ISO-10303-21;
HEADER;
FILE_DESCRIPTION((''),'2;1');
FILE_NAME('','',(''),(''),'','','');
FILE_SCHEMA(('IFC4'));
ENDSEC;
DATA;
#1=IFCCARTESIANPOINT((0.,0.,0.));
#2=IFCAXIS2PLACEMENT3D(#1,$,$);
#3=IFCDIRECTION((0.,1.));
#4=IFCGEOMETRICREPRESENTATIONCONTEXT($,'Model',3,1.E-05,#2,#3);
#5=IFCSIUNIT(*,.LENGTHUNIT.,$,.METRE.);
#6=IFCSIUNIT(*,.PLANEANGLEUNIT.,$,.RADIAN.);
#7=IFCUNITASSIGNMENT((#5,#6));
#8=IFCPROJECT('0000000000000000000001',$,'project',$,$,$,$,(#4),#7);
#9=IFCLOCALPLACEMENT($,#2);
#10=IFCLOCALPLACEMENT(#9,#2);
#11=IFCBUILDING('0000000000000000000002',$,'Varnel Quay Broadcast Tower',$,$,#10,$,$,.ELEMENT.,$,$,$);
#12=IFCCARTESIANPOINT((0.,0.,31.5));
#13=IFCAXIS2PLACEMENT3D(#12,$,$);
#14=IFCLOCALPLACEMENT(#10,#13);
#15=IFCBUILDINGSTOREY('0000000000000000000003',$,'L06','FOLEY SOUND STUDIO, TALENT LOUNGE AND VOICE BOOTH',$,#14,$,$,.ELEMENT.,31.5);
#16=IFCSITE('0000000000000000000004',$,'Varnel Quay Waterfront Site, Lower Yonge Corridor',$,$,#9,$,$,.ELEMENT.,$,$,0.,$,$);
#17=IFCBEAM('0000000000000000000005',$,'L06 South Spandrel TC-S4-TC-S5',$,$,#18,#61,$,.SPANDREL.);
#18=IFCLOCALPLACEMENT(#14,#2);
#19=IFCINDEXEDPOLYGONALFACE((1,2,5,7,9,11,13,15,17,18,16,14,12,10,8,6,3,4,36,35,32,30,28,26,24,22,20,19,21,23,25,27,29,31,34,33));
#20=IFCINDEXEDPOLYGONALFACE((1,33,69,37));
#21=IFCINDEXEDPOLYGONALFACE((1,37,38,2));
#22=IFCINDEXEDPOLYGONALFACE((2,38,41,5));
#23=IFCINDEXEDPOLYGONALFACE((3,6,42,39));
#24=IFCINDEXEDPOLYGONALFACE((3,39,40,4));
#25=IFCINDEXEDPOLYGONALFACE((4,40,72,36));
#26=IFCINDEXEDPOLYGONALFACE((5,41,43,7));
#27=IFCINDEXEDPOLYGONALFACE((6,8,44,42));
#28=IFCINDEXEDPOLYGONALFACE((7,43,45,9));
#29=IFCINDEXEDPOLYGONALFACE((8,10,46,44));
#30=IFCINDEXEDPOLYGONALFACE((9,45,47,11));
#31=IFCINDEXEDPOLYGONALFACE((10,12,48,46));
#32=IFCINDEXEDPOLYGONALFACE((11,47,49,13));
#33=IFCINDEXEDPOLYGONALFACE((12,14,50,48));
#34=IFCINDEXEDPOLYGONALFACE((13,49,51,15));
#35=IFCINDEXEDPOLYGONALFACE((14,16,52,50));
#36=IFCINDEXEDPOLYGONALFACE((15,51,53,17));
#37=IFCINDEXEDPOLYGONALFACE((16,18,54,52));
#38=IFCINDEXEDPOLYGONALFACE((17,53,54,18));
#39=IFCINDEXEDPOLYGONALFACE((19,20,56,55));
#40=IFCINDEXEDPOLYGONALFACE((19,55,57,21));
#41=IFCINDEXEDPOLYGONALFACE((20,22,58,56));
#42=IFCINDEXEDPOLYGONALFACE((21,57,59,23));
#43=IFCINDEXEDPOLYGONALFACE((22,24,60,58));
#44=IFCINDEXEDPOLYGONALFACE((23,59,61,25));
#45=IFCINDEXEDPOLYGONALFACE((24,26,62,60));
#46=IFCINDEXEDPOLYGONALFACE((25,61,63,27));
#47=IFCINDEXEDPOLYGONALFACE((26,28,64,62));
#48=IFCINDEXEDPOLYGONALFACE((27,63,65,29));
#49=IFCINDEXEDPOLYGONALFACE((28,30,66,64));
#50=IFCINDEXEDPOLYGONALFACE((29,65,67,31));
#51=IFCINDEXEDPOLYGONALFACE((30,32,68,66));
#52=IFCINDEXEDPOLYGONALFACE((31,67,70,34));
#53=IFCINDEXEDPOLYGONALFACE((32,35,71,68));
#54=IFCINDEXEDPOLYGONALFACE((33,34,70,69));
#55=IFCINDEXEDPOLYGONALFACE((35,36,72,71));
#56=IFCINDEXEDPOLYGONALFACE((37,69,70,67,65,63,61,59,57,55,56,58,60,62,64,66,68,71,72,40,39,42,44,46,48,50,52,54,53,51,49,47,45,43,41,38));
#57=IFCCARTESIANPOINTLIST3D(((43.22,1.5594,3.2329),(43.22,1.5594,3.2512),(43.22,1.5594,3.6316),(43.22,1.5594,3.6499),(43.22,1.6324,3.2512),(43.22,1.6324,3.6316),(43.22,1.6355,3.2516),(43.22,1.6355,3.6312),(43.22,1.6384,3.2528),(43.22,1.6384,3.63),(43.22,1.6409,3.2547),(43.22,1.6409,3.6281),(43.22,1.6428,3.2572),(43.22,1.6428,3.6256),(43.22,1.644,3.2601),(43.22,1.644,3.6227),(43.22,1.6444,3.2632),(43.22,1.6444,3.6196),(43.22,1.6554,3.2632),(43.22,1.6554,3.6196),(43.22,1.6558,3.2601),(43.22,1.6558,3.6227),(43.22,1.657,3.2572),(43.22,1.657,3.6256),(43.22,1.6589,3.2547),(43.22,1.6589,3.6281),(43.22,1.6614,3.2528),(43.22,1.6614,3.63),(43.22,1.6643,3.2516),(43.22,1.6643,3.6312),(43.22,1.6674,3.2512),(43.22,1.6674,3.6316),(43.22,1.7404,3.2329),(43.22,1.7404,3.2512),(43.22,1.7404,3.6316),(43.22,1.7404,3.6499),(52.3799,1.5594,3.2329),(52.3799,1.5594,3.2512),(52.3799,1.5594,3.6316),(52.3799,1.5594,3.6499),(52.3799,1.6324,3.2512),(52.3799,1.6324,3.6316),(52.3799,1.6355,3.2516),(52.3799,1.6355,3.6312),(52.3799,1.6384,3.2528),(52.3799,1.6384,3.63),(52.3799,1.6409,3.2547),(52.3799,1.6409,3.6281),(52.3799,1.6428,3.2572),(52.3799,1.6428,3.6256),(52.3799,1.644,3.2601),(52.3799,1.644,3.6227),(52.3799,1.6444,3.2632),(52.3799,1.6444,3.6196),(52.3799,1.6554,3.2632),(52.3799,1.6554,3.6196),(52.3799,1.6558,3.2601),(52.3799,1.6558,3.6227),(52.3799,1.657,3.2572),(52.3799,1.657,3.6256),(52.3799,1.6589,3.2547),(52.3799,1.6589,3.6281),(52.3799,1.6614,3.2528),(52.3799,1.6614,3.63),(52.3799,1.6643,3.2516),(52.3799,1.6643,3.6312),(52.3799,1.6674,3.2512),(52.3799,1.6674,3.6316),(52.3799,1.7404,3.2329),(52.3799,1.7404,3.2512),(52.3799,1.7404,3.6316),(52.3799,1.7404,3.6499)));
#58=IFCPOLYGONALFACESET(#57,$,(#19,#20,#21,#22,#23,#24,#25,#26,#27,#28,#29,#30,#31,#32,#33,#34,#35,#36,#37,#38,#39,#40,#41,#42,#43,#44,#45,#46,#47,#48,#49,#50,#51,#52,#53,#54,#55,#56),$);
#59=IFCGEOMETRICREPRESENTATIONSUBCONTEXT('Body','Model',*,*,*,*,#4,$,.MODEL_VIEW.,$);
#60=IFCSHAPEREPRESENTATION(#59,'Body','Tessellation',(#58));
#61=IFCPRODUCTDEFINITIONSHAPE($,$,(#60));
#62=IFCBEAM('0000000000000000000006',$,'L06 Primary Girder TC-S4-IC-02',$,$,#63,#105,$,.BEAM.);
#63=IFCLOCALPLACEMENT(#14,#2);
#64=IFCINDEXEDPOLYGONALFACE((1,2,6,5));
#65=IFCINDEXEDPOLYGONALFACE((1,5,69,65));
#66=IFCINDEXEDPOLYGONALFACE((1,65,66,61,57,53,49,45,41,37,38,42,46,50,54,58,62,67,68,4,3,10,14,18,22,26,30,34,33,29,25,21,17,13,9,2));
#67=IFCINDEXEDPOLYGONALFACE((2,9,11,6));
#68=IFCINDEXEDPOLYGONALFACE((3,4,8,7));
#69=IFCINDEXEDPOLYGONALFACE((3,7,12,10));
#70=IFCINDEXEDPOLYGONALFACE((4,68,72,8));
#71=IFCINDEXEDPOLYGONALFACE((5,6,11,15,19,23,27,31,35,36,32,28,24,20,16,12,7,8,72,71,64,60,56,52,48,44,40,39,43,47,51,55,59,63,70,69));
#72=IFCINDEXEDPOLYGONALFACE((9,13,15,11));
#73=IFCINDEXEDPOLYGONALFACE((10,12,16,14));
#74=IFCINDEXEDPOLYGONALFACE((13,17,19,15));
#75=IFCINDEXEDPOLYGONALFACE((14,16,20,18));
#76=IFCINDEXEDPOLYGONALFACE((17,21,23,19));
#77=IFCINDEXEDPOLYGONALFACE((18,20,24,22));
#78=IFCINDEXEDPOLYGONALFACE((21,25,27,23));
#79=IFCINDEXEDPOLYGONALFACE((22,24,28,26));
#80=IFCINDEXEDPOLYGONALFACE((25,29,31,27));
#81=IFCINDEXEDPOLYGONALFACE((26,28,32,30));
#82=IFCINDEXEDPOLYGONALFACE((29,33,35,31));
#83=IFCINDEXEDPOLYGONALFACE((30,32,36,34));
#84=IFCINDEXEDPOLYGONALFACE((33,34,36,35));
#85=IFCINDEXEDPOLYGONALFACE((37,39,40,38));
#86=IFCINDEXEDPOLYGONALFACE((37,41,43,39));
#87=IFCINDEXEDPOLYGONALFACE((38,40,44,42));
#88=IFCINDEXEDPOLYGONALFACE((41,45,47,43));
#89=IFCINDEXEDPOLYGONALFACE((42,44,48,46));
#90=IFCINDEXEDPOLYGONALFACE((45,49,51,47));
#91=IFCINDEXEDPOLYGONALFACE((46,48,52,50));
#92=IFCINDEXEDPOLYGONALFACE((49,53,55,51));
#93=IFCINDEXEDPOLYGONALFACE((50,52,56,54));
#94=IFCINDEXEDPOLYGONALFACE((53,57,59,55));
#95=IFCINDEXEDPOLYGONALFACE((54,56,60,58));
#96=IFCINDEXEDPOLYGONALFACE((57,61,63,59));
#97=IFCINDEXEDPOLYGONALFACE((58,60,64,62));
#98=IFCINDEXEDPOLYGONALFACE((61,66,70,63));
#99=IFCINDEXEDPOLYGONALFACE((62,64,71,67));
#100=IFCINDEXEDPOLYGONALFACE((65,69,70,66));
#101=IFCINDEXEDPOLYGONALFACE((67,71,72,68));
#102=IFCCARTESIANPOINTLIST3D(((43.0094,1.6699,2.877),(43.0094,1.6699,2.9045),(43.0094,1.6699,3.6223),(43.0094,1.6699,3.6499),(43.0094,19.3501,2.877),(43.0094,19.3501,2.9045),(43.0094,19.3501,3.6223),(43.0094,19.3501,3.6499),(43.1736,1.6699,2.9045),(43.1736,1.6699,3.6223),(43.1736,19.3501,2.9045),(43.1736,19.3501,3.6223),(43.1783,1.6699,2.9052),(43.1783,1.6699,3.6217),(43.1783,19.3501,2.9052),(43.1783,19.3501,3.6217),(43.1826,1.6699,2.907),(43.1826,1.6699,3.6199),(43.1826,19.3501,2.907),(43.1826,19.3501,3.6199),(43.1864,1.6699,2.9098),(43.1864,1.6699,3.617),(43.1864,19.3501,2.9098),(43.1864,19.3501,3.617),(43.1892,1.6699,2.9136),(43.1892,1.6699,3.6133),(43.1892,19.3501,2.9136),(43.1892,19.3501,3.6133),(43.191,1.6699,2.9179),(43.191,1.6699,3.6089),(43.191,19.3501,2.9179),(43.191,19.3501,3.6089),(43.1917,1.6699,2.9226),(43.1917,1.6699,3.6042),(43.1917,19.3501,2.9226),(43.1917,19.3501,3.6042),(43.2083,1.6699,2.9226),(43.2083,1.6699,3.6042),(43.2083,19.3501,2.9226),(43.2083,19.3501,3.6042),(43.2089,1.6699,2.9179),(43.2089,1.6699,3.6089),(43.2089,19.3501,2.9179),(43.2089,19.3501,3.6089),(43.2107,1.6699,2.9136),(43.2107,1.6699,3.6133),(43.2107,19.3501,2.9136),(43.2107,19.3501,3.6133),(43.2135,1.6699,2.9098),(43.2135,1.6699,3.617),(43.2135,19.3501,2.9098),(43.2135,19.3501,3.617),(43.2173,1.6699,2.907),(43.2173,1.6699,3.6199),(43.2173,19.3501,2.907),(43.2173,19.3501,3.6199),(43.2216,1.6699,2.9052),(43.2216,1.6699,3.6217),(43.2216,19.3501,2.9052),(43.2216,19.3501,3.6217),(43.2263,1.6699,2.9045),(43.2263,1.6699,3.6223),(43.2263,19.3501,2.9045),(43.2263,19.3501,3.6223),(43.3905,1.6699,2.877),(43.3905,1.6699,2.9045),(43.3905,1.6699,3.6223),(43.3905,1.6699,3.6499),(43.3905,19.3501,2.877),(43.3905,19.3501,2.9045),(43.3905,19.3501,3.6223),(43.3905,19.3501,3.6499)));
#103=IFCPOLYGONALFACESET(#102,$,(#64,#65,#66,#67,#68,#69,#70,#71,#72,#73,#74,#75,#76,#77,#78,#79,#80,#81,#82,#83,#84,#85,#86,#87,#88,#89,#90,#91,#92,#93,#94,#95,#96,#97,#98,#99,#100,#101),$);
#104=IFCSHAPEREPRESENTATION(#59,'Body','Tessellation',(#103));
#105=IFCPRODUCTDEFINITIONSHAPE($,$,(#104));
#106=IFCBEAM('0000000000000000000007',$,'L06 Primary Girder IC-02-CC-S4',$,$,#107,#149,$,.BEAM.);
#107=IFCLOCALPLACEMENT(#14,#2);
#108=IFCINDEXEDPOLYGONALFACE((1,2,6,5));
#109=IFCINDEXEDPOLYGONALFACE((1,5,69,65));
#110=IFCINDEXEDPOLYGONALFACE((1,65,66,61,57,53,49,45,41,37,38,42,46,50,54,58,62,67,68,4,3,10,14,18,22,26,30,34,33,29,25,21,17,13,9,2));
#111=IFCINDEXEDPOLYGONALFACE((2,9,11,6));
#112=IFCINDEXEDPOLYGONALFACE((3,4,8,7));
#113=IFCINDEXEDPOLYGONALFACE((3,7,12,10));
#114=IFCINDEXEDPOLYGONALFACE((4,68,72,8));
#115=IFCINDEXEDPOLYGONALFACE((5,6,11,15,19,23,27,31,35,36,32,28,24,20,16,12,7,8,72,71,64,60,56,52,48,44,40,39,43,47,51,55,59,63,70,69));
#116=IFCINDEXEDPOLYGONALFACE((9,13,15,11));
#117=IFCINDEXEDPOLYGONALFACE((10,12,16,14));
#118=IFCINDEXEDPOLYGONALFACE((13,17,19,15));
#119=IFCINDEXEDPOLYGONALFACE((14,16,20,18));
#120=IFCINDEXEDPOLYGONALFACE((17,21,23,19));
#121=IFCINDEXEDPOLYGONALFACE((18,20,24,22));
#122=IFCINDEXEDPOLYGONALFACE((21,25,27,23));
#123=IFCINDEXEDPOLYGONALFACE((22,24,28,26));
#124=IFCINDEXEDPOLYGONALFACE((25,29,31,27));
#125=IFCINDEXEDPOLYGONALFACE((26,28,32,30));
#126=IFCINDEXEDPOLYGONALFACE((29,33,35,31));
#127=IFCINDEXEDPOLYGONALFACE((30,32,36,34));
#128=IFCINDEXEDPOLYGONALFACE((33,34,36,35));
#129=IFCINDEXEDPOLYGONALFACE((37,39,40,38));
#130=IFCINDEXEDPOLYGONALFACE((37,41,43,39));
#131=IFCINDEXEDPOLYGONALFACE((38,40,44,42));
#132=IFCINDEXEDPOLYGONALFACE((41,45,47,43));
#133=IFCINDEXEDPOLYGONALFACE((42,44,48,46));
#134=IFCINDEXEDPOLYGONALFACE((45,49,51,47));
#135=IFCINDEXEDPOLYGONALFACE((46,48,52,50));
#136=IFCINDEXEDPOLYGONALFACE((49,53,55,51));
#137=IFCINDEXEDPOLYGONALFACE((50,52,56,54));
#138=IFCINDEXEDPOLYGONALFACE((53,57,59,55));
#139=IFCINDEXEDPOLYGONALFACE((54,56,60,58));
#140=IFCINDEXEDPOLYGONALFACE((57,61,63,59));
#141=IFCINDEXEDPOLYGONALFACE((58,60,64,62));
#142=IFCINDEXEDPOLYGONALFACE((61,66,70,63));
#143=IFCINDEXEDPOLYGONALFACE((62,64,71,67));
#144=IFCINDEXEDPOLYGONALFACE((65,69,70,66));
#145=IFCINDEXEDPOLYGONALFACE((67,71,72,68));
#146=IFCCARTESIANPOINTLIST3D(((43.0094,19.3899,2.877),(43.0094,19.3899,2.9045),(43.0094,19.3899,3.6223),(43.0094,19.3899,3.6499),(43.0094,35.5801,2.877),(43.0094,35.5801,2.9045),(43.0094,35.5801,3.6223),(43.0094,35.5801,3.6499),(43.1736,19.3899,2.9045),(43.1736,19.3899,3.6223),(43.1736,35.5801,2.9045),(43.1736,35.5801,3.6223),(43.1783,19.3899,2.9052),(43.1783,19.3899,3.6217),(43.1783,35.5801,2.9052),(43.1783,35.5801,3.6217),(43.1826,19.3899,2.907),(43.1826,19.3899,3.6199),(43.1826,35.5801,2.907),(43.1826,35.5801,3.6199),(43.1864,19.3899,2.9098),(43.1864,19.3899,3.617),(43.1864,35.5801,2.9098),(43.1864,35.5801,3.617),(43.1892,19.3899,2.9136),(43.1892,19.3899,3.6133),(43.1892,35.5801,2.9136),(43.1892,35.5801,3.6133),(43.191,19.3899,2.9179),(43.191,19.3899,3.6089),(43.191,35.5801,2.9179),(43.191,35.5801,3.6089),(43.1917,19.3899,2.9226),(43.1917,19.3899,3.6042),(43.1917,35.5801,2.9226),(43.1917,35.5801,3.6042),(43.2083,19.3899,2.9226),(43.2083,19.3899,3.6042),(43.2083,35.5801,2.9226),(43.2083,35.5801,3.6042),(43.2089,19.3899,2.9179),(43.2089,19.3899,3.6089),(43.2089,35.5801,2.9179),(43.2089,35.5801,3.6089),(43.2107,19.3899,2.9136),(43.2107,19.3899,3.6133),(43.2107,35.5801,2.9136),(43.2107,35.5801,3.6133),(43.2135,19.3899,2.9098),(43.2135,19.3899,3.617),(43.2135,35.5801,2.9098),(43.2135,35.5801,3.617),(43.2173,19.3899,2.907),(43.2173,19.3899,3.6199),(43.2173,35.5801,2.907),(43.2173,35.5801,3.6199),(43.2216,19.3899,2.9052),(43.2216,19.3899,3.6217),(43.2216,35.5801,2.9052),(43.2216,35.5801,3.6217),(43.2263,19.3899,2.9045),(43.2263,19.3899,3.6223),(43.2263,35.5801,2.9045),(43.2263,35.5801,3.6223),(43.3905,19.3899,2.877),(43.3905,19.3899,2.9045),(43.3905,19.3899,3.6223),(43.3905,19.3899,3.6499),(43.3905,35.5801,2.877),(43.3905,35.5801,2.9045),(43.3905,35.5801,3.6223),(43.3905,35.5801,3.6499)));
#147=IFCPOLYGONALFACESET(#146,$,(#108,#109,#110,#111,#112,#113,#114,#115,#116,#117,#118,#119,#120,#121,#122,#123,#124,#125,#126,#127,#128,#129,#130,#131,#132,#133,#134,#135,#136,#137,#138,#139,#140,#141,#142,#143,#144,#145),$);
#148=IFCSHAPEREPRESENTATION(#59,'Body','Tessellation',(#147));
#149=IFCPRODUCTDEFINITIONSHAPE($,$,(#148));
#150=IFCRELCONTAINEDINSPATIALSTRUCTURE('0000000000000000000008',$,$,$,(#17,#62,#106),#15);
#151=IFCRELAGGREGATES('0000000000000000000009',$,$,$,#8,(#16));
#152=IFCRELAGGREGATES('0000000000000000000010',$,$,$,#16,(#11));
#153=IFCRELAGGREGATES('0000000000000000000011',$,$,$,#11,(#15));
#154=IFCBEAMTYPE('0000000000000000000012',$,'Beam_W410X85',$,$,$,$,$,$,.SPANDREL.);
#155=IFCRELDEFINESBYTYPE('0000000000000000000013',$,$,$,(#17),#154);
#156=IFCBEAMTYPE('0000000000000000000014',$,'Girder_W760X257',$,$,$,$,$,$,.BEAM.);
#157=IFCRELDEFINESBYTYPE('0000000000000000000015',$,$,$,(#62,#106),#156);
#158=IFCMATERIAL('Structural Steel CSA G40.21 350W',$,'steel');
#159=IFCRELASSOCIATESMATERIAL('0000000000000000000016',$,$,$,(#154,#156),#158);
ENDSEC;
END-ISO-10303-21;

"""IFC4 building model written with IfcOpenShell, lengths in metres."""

from ifc_helpers import new_model, si_unit, direction, frame, origin, origin_2d, place, context, subcontext, project, spatial, i_section, extrude, source, transform, mapped, material, material_profile, profile_set, type_object, type_shapes, element, save


model = new_model("IFC4")

# Units and contexts
model_context = context("Model", 3, precision=1e-05, world=origin(), true_north=direction((0.0, 1.0)))
body_context = subcontext(model_context, "Body", "Model", "MODEL_VIEW")
ifc_project = project(units=[si_unit("LENGTHUNIT", "METRE"), si_unit("PLANEANGLEUNIT", "RADIAN")], contexts=[model_context])

# Site, building, storey
site_placement = place(None, origin())
site = spatial("IfcSite", under=ifc_project, at=site_placement, Name="Varnel Quay Waterfront Site, Lower Yonge Corridor", CompositionType="ELEMENT", RefElevation=0.0)
building_placement = place(site_placement, origin())
building = spatial("IfcBuilding", under=site, at=building_placement, Name="Varnel Quay Broadcast Tower", CompositionType="ELEMENT")
storey_placement = place(building_placement, frame((0.0, 0.0, 31.5)))
storey = spatial("IfcBuildingStorey", under=building, at=storey_placement, Name="L06", Description="FOLEY SOUND STUDIO, TALENT LOUNGE AND VOICE BOOTH", CompositionType="ELEMENT", Elevation=31.5)

# Shared definitions
ifc_material_1 = material(Name="Structural Steel CSA G40.21 350W", Category="steel")

# Beams
ifc_material_profile_1 = material_profile(ifc_material_1, i_section(OverallWidth=0.1809, OverallDepth=0.417, WebThickness=0.011, FlangeThickness=0.0183, FilletRadius=0.012, at=origin_2d()), Name="W410X85")
ifc_profile_set_1 = profile_set([ifc_material_profile_1], Name="Structural Steel CSA G40.21 350W")
beam_type_1 = type_object("IfcBeamType", Name="Beam_W410X85", PredefinedType="SPANDREL", material=ifc_profile_set_1)
shared_shape_1 = source(origin(), body_context, "Body", "SweptSolid", [
    extrude(i_section(OverallWidth=0.1809, OverallDepth=0.417, WebThickness=0.011, FlangeThickness=0.0183, FilletRadius=0.012, at=origin_2d()), origin(), (0.0, 0.0, 1.0), 9.1599),
])
type_shapes(beam_type_1, [shared_shape_1])
for number, where, z_axis, x_axis, name in (
    (1, (43.22, 1.6499, 3.4414), (1.0, 0.0, 0.0), (0.0, 1.0, 0.0), "L06 South Spandrel TC-S4-TC-S5"),
):
    element("IfcBeam", number, at=place(storey_placement, frame(where, z_axis=z_axis, x_axis=x_axis)), inside=storey, type_object=beam_type_1, Name=name, PredefinedType="SPANDREL", context=body_context, shape_type="MappedRepresentation", body=[
        mapped(shared_shape_1, transform((0.0, 0.0, 0.0), x_axis=(1.0, 0.0, 0.0), y_axis=(0.0, 1.0, 0.0), z_axis=(0.0, 0.0, 1.0), scale=1.0)),
    ])
ifc_material_profile_2 = material_profile(ifc_material_1, i_section(OverallWidth=0.3811, OverallDepth=0.7729, WebThickness=0.0166, FlangeThickness=0.0276, FilletRadius=0.0181, at=origin_2d()), Name="W760X257")
ifc_profile_set_2 = profile_set([ifc_material_profile_2], Name="Structural Steel CSA G40.21 350W")
beam_type_2 = type_object("IfcBeamType", Name="Girder_W760X257", PredefinedType="BEAM", material=ifc_profile_set_2)
shared_shape_2 = source(origin(), body_context, "Body", "SweptSolid", [
    extrude(i_section(OverallWidth=0.3811, OverallDepth=0.7729, WebThickness=0.0166, FlangeThickness=0.0276, FilletRadius=0.0181, at=origin_2d()), origin(), (0.0, 0.0, 1.0), 17.6802),
])
beam_1_placement = place(storey_placement, frame((43.2, 1.6699, 3.2634), z_axis=(0.0, 1.0, 0.0), x_axis=(-1.0, 0.0, 0.0)))
element("IfcBeam", 2, at=beam_1_placement, inside=storey, type_object=beam_type_2, Name="L06 Primary Girder TC-S4-IC-02", PredefinedType="BEAM", context=body_context, shape_type="MappedRepresentation", body=[
    mapped(shared_shape_2, transform((0.0, 0.0, 0.0), x_axis=(1.0, 0.0, 0.0), y_axis=(0.0, 1.0, 0.0), z_axis=(0.0, 0.0, 1.0), scale=1.0)),
])
shared_shape_3 = source(origin(), body_context, "Body", "SweptSolid", [
    extrude(i_section(OverallWidth=0.3811, OverallDepth=0.7729, WebThickness=0.0166, FlangeThickness=0.0276, FilletRadius=0.0181, at=origin_2d()), origin(), (0.0, 0.0, 1.0), 16.1902),
])
beam_2_placement = place(storey_placement, frame((43.2, 19.3899, 3.2634), z_axis=(0.0, 1.0, 0.0), x_axis=(-1.0, 0.0, 0.0)))
element("IfcBeam", 3, at=beam_2_placement, inside=storey, type_object=beam_type_2, Name="L06 Primary Girder IC-02-CC-S4", PredefinedType="BEAM", context=body_context, shape_type="MappedRepresentation", body=[
    mapped(shared_shape_3, transform((0.0, 0.0, 0.0), x_axis=(1.0, 0.0, 0.0), y_axis=(0.0, 1.0, 0.0), z_axis=(0.0, 0.0, 1.0), scale=1.0)),
])

save(model, "model.ifc")
